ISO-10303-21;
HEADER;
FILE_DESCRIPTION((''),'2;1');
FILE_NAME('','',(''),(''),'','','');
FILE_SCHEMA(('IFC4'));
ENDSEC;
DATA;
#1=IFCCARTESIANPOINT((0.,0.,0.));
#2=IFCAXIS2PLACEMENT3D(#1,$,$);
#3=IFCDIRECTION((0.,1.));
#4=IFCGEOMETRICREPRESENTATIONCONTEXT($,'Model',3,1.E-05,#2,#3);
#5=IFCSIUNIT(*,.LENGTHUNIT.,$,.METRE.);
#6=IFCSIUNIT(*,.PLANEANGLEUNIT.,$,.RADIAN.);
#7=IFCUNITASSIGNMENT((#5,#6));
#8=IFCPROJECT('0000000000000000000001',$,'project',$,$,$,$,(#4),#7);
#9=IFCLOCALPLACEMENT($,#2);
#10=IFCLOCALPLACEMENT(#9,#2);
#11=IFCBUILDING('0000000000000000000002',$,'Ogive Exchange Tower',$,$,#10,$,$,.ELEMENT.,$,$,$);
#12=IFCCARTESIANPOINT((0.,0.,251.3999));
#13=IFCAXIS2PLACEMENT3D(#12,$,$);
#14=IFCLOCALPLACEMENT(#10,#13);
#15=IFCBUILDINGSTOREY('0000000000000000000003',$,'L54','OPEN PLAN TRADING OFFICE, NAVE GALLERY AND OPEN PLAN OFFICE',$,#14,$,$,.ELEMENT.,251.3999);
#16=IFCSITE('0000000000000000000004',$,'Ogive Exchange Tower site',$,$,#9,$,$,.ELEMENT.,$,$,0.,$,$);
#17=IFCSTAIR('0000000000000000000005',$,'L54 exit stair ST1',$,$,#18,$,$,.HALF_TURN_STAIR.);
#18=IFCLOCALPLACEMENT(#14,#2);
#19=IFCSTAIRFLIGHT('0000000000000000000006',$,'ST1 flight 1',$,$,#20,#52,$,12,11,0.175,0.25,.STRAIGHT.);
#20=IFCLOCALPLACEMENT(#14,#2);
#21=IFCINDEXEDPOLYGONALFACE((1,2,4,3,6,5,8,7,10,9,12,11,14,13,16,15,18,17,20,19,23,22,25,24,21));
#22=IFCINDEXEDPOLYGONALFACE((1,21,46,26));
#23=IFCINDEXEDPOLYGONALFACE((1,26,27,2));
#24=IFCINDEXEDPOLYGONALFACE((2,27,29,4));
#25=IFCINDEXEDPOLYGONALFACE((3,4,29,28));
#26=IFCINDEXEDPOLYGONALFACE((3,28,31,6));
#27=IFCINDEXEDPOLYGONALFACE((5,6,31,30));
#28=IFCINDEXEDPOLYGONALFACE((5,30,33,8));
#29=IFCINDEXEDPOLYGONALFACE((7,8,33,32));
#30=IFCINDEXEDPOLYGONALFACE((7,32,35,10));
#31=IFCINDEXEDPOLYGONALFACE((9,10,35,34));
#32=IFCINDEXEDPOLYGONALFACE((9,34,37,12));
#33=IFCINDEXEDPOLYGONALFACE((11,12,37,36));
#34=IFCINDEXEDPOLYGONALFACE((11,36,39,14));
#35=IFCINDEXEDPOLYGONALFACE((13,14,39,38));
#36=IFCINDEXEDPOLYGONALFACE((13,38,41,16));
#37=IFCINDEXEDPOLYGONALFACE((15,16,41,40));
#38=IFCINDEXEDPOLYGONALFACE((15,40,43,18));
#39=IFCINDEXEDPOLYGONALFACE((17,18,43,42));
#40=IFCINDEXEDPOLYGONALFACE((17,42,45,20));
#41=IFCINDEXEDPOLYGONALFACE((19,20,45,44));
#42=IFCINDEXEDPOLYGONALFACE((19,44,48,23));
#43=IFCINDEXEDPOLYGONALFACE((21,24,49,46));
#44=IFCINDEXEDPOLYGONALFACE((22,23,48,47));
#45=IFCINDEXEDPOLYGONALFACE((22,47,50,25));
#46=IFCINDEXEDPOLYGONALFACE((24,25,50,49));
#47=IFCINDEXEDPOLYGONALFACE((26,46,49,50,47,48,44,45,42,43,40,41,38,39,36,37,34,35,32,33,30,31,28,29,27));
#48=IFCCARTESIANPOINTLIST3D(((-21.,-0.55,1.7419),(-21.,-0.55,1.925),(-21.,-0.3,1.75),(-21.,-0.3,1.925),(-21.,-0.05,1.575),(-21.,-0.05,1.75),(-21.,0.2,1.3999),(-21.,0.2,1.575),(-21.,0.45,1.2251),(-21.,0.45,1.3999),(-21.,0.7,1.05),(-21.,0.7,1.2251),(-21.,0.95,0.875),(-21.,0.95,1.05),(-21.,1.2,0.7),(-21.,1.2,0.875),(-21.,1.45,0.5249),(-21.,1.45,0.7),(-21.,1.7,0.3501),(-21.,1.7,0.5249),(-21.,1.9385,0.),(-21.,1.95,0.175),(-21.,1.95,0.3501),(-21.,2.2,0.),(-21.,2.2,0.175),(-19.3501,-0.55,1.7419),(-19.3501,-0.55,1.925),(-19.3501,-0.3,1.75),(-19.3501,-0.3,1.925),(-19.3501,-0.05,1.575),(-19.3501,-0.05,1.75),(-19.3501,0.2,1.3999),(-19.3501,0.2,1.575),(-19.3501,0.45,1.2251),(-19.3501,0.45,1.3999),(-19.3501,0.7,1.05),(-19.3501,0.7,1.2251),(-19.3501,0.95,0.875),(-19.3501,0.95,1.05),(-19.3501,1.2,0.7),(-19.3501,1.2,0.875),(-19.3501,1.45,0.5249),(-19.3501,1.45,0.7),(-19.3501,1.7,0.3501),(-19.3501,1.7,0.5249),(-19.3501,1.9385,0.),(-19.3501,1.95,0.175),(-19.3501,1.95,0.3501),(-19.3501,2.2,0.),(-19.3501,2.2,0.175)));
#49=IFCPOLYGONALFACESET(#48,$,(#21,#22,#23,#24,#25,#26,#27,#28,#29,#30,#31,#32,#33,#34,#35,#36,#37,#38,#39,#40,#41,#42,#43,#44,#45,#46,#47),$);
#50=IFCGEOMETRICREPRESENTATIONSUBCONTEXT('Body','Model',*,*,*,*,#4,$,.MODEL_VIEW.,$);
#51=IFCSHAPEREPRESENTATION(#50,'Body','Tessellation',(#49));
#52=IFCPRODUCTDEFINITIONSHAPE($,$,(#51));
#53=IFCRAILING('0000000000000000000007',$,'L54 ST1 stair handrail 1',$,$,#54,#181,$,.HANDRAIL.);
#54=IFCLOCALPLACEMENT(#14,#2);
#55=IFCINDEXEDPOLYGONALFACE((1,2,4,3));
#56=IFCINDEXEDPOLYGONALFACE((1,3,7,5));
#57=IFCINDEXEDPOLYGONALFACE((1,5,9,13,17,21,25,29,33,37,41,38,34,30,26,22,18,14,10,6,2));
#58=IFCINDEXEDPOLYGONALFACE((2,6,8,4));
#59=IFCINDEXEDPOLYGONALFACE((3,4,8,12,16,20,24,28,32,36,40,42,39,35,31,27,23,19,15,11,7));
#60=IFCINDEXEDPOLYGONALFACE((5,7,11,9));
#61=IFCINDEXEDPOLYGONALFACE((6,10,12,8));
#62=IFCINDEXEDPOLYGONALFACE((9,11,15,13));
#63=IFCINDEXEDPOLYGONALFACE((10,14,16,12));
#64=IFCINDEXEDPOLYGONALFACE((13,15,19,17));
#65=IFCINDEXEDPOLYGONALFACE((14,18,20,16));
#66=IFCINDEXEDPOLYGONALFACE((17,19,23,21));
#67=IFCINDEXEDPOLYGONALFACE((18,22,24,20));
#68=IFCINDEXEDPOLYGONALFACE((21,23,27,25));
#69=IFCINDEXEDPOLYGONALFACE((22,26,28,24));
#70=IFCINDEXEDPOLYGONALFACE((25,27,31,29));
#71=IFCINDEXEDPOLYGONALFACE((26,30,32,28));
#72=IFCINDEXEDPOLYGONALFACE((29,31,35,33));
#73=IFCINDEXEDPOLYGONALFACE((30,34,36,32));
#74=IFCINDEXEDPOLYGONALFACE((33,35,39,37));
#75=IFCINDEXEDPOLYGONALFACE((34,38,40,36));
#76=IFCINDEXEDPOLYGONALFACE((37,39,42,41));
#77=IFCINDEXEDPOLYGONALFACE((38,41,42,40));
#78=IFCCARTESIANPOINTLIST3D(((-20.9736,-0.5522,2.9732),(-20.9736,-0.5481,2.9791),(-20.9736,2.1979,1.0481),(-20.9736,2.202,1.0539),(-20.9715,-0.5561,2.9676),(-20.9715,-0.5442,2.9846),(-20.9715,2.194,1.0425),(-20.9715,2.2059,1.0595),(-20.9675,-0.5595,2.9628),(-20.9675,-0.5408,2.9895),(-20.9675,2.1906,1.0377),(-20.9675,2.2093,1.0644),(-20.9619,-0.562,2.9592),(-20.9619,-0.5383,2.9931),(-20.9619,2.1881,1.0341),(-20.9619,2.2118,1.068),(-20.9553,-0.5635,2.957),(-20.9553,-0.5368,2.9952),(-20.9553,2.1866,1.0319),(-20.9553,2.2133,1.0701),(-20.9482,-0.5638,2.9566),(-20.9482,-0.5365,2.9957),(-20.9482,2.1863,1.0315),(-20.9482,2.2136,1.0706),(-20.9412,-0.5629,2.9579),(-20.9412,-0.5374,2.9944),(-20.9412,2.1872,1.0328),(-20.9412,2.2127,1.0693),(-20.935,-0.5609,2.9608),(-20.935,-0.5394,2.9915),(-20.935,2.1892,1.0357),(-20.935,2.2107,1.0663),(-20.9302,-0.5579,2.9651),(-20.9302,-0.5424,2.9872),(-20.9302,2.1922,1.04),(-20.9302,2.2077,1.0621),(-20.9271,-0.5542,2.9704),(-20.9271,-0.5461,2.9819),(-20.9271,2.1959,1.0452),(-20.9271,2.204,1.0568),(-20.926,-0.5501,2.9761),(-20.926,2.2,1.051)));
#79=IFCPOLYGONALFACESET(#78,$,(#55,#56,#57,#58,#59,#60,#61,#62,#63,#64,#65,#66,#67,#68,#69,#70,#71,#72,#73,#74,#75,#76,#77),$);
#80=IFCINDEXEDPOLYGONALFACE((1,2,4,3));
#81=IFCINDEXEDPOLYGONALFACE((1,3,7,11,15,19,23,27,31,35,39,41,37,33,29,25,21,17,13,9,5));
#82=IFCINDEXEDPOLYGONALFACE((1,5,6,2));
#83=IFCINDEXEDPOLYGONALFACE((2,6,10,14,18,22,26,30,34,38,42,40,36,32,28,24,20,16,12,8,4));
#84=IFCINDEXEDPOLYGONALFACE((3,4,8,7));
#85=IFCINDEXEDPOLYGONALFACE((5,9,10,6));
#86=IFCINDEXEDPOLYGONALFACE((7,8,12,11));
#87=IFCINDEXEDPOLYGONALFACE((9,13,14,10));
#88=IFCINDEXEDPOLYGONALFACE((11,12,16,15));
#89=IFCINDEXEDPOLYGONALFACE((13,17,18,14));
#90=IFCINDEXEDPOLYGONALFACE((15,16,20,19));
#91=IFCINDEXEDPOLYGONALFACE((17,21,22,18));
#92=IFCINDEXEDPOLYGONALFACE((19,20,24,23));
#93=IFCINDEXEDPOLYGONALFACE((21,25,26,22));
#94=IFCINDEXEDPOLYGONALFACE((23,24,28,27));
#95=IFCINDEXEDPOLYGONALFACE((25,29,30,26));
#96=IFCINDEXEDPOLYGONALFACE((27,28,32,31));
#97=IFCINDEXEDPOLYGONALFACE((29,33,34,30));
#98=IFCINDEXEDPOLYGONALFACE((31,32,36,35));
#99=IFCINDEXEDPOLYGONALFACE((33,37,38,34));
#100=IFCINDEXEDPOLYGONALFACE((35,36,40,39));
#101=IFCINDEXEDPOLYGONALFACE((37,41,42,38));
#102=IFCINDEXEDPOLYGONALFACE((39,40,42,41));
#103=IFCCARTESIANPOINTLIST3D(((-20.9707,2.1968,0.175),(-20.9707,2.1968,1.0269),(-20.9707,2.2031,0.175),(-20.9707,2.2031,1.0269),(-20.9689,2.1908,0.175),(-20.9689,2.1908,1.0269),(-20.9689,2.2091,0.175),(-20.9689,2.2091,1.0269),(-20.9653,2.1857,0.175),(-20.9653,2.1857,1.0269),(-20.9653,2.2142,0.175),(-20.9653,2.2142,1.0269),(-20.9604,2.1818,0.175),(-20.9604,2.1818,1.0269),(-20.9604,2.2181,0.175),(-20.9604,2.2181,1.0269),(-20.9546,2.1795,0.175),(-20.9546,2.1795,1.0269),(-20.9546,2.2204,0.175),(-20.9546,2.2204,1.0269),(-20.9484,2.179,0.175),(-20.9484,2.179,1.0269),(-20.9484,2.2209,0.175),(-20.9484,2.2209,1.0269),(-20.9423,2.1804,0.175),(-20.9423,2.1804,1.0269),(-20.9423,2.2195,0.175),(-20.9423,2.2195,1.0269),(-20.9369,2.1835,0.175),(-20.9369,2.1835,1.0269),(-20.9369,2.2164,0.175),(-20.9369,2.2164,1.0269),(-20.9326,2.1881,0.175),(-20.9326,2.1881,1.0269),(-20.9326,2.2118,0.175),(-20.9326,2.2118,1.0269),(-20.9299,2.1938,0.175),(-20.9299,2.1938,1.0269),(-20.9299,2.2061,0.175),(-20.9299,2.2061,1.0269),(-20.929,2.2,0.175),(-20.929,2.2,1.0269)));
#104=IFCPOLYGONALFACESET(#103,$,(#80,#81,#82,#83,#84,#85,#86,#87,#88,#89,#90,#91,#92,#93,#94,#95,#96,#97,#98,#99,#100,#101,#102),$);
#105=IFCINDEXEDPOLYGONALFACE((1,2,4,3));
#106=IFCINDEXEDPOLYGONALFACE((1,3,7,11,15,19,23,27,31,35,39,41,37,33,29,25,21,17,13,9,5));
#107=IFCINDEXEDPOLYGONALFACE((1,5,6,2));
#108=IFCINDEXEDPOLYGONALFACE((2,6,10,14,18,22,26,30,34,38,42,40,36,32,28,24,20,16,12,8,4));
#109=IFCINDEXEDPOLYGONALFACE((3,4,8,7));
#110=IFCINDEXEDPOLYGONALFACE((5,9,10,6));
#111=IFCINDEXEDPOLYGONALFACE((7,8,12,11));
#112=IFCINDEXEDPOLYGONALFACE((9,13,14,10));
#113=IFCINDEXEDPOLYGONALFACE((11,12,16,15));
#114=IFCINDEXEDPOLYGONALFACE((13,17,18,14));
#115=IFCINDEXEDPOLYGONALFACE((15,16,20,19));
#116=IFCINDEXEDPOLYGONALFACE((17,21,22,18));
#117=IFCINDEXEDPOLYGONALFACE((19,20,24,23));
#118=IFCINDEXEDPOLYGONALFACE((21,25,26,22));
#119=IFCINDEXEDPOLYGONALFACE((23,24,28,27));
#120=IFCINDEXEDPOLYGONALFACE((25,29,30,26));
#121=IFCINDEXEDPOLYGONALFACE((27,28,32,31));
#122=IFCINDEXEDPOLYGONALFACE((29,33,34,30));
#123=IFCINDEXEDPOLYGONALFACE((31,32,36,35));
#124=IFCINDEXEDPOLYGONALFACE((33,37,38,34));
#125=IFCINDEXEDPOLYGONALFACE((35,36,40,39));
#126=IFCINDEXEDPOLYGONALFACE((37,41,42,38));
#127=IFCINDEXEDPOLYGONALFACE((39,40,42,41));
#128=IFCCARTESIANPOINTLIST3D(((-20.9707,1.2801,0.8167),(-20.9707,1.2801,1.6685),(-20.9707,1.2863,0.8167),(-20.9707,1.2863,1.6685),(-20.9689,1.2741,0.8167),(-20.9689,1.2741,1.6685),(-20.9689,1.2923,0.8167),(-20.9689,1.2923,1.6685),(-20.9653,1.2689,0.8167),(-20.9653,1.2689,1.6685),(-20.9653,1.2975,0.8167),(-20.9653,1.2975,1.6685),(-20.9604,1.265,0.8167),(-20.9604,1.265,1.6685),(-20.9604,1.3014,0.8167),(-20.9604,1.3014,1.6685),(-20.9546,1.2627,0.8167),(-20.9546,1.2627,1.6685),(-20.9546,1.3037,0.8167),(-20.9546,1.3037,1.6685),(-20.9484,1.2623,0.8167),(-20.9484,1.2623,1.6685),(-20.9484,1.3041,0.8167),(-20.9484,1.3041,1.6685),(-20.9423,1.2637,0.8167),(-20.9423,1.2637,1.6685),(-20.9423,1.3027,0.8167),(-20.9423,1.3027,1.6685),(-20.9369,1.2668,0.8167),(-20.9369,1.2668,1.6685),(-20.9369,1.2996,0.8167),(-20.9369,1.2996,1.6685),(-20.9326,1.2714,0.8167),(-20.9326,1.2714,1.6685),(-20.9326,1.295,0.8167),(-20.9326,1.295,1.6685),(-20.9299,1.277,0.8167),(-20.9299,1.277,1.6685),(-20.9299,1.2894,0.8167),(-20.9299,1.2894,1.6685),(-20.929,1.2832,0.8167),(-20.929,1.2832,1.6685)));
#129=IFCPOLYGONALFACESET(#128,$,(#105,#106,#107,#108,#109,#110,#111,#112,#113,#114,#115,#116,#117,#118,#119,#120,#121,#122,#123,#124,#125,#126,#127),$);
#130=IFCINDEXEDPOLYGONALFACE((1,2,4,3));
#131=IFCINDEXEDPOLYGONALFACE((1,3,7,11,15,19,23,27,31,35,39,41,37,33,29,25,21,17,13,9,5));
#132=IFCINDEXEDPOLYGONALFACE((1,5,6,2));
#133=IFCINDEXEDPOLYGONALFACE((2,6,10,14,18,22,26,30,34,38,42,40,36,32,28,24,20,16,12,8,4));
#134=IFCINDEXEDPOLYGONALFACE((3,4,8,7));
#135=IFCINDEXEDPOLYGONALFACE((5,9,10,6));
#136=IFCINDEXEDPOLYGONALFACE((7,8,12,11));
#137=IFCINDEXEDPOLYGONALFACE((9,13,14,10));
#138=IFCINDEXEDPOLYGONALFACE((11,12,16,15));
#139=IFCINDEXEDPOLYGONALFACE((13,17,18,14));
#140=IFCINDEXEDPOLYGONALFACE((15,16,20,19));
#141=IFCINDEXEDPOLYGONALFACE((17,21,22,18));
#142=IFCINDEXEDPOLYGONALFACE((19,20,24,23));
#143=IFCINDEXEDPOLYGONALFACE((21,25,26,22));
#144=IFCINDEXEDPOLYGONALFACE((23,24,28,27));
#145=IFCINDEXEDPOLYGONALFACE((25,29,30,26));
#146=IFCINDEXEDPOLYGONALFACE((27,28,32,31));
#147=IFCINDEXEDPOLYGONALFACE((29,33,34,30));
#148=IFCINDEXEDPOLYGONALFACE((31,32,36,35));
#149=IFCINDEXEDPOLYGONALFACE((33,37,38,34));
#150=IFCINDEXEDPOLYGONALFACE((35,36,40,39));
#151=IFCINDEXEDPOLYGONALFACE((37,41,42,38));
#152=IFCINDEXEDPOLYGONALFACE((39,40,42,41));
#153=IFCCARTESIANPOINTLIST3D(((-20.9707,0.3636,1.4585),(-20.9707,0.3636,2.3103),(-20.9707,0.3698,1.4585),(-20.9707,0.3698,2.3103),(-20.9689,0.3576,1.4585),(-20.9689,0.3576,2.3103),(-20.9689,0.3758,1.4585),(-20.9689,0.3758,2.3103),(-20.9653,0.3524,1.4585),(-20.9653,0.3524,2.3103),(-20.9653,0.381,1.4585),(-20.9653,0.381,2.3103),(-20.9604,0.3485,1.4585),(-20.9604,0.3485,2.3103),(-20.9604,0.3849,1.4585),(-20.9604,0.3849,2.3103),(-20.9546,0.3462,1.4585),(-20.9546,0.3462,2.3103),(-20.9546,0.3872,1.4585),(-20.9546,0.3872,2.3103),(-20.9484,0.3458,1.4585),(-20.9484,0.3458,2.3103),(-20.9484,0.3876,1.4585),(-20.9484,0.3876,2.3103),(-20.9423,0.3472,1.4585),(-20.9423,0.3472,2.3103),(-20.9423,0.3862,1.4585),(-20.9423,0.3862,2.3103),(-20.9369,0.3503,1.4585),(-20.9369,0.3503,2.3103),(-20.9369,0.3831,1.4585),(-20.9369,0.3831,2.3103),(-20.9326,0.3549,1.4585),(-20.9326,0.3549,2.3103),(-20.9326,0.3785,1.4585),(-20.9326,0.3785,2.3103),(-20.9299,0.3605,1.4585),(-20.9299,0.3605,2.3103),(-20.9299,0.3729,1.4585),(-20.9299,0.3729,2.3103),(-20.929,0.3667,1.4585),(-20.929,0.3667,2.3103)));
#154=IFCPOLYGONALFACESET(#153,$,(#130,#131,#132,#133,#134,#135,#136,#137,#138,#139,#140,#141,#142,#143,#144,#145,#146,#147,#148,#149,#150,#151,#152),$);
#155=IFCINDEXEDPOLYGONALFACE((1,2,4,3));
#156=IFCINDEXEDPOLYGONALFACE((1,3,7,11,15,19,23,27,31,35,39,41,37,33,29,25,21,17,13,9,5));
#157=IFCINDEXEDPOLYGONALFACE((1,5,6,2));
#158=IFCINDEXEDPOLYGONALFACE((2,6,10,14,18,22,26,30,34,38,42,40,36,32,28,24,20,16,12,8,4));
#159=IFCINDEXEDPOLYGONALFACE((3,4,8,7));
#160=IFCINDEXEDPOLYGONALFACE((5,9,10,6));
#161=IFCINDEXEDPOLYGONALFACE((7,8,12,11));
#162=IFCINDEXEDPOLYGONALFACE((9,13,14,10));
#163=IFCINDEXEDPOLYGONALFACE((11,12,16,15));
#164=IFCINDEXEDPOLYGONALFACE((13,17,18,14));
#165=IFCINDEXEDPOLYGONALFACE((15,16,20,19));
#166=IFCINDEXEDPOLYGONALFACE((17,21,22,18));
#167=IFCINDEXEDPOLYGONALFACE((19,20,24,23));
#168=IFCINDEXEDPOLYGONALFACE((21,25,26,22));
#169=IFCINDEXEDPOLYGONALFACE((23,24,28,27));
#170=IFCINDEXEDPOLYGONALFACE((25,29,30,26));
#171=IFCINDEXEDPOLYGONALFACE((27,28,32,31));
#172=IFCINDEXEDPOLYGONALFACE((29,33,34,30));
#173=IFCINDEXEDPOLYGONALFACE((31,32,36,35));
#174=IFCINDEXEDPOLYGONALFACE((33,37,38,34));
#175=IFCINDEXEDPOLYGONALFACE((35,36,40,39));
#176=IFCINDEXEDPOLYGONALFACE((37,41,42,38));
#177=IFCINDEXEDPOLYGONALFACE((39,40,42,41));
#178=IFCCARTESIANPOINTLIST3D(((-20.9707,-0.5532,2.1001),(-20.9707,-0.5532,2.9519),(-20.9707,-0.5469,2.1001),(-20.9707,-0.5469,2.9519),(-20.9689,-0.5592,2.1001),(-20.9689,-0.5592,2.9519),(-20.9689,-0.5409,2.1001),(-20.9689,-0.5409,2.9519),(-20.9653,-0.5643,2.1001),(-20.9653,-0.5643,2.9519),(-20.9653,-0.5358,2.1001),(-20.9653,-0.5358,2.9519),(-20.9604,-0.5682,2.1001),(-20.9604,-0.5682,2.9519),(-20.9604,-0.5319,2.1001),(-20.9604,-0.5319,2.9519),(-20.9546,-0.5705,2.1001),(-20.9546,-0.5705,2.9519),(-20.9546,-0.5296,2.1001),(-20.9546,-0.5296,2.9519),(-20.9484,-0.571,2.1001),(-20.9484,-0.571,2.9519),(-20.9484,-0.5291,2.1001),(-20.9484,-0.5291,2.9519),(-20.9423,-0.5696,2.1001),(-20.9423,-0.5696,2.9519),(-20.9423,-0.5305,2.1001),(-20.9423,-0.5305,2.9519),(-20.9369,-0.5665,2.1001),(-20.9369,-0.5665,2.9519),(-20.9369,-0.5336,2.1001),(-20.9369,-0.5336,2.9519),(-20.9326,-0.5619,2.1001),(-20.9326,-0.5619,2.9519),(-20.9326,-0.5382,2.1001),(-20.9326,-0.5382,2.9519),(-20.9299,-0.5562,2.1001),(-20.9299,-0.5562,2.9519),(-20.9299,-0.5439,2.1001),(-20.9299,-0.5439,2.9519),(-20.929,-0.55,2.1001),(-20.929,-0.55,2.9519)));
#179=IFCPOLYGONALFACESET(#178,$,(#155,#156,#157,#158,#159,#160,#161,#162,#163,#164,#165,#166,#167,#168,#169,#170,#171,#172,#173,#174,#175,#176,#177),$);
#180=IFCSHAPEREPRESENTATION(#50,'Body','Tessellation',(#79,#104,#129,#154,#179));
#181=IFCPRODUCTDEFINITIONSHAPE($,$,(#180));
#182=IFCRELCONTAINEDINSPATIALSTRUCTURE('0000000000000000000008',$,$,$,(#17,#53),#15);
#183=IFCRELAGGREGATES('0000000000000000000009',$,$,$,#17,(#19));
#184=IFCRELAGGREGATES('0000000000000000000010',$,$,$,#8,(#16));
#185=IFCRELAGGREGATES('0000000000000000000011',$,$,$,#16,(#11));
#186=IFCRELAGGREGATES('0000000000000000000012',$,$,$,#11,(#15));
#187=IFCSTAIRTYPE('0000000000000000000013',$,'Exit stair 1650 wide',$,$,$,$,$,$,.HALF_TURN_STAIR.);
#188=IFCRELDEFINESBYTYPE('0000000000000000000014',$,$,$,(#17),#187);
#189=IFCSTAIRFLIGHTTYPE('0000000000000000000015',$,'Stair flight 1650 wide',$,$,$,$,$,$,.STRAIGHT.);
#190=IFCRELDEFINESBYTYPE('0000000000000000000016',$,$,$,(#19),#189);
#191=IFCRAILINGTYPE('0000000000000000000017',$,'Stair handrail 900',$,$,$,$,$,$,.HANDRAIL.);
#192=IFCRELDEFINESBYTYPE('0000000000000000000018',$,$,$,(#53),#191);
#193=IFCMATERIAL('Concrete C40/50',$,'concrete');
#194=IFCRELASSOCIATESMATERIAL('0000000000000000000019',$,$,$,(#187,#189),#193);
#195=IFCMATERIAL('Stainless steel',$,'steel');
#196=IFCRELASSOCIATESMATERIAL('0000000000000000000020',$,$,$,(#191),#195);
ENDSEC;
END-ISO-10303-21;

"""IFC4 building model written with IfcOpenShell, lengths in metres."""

from ifc_helpers import new_model, si_unit, direction, frame, origin, origin_2d, place, context, subcontext, project, spatial, polyline, circle, outline, extrude, material, type_object, element, aggregate, save


model = new_model("IFC4")

# Units and contexts
model_context = context("Model", 3, precision=1e-05, world=origin(), true_north=direction((0.0, 1.0)))
body_context = subcontext(model_context, "Body", "Model", "MODEL_VIEW")
ifc_project = project(units=[si_unit("LENGTHUNIT", "METRE"), si_unit("PLANEANGLEUNIT", "RADIAN")], contexts=[model_context])

# Site, building, storey
site_placement = place(None, origin())
site = spatial("IfcSite", under=ifc_project, at=site_placement, Name="Ogive Exchange Tower site", CompositionType="ELEMENT", RefElevation=0.0)
building_placement = place(site_placement, origin())
building = spatial("IfcBuilding", under=site, at=building_placement, Name="Ogive Exchange Tower", CompositionType="ELEMENT")
storey_placement = place(building_placement, frame((0.0, 0.0, 251.3999)))
storey = spatial("IfcBuildingStorey", under=building, at=storey_placement, Name="L54", Description="OPEN PLAN TRADING OFFICE, NAVE GALLERY AND OPEN PLAN OFFICE", CompositionType="ELEMENT", Elevation=251.3999)

# Shared definitions
ifc_material_1 = material(Name="Stainless steel", Category="steel")

# Stair, stair flight
ifc_material_2 = material(Name="Concrete C40/50", Category="concrete")
stair_type = type_object("IfcStairType", Name="Exit stair 1650 wide", PredefinedType="HALF_TURN_STAIR", material=ifc_material_2)
stair_placement = place(storey_placement, origin())
stair = element("IfcStair", 1, at=stair_placement, inside=storey, type_object=stair_type, Name="L54 exit stair ST1", PredefinedType="HALF_TURN_STAIR")
stair_flight_type = type_object("IfcStairFlightType", Name="Stair flight 1650 wide", PredefinedType="STRAIGHT", material=ifc_material_2)
stair_flight_placement = place(storey_placement, frame((-20.175, 2.2, 0.0), z_axis=(0.0, 0.0, 1.0), x_axis=(0.0, -1.0, 0.0)))
stair_flight = element("IfcStairFlight", 2, at=stair_flight_placement, type_object=stair_flight_type, Name="ST1 flight 1", NumberOfRisers=12, NumberOfTreads=11, PredefinedType="STRAIGHT", RiserHeight=0.175, TreadLength=0.25, context=body_context, shape_type="SweptSolid", body=[
    extrude(outline(polyline([(0.0, 0.0), (0.0, 0.175), (0.25, 0.175), (0.25, 0.3501), (0.5, 0.3501), (0.5, 0.5249), (0.75, 0.5249), (0.75, 0.7), (1.0, 0.7), (1.0, 0.875), (1.25, 0.875), (1.25, 1.05), (1.5, 1.05), (1.5, 1.2251), (1.75, 1.2251), (1.75, 1.3999), (2.0, 1.3999), (2.0, 1.575), (2.25, 1.575), (2.25, 1.75), (2.5, 1.75), (2.5, 1.925), (2.75, 1.925), (2.75, 2.1001), (2.75, 1.7419), (0.2615, 0.0), (0.0, 0.0)])), frame((0.0, 0.825, 0.0), z_axis=(0.0, -1.0, 0.0), x_axis=(1.0, 0.0, 0.0)), (0.0, 0.0, 1.0), 1.6499),
])
aggregate(stair, [stair_flight])

# Railing
railing_type = type_object("IfcRailingType", Name="Stair handrail 900", PredefinedType="HANDRAIL", material=ifc_material_1)
railing_placement = place(storey_placement, frame((-20.95, 2.2, 0.175)))
element("IfcRailing", 3, at=railing_placement, inside=storey, type_object=railing_type, Name="L54 ST1 stair handrail 1", PredefinedType="HANDRAIL", context=body_context, shape_type="SweptSolid", body=[
    extrude(circle(Radius=0.0239, at=origin_2d()), frame((0.0, 0.0, 0.876), z_axis=(0.0, -0.819225, 0.573472), x_axis=(1.0, 0.0, 0.0)), (0.0, 0.0, 1.0), 3.3569),
    extrude(circle(Radius=0.021, at=origin_2d()), origin(), (0.0, 0.0, 1.0), 0.8518),
    extrude(circle(Radius=0.021, at=origin_2d()), frame((0.0, -0.9167, 0.6416)), (0.0, 0.0, 1.0), 0.8518),
    extrude(circle(Radius=0.021, at=origin_2d()), frame((0.0, -1.8333, 1.2834)), (0.0, 0.0, 1.0), 0.8518),
    extrude(circle(Radius=0.021, at=origin_2d()), frame((0.0, -2.75, 1.925)), (0.0, 0.0, 1.0), 0.8518),
])

save(model, "model.ifc")
